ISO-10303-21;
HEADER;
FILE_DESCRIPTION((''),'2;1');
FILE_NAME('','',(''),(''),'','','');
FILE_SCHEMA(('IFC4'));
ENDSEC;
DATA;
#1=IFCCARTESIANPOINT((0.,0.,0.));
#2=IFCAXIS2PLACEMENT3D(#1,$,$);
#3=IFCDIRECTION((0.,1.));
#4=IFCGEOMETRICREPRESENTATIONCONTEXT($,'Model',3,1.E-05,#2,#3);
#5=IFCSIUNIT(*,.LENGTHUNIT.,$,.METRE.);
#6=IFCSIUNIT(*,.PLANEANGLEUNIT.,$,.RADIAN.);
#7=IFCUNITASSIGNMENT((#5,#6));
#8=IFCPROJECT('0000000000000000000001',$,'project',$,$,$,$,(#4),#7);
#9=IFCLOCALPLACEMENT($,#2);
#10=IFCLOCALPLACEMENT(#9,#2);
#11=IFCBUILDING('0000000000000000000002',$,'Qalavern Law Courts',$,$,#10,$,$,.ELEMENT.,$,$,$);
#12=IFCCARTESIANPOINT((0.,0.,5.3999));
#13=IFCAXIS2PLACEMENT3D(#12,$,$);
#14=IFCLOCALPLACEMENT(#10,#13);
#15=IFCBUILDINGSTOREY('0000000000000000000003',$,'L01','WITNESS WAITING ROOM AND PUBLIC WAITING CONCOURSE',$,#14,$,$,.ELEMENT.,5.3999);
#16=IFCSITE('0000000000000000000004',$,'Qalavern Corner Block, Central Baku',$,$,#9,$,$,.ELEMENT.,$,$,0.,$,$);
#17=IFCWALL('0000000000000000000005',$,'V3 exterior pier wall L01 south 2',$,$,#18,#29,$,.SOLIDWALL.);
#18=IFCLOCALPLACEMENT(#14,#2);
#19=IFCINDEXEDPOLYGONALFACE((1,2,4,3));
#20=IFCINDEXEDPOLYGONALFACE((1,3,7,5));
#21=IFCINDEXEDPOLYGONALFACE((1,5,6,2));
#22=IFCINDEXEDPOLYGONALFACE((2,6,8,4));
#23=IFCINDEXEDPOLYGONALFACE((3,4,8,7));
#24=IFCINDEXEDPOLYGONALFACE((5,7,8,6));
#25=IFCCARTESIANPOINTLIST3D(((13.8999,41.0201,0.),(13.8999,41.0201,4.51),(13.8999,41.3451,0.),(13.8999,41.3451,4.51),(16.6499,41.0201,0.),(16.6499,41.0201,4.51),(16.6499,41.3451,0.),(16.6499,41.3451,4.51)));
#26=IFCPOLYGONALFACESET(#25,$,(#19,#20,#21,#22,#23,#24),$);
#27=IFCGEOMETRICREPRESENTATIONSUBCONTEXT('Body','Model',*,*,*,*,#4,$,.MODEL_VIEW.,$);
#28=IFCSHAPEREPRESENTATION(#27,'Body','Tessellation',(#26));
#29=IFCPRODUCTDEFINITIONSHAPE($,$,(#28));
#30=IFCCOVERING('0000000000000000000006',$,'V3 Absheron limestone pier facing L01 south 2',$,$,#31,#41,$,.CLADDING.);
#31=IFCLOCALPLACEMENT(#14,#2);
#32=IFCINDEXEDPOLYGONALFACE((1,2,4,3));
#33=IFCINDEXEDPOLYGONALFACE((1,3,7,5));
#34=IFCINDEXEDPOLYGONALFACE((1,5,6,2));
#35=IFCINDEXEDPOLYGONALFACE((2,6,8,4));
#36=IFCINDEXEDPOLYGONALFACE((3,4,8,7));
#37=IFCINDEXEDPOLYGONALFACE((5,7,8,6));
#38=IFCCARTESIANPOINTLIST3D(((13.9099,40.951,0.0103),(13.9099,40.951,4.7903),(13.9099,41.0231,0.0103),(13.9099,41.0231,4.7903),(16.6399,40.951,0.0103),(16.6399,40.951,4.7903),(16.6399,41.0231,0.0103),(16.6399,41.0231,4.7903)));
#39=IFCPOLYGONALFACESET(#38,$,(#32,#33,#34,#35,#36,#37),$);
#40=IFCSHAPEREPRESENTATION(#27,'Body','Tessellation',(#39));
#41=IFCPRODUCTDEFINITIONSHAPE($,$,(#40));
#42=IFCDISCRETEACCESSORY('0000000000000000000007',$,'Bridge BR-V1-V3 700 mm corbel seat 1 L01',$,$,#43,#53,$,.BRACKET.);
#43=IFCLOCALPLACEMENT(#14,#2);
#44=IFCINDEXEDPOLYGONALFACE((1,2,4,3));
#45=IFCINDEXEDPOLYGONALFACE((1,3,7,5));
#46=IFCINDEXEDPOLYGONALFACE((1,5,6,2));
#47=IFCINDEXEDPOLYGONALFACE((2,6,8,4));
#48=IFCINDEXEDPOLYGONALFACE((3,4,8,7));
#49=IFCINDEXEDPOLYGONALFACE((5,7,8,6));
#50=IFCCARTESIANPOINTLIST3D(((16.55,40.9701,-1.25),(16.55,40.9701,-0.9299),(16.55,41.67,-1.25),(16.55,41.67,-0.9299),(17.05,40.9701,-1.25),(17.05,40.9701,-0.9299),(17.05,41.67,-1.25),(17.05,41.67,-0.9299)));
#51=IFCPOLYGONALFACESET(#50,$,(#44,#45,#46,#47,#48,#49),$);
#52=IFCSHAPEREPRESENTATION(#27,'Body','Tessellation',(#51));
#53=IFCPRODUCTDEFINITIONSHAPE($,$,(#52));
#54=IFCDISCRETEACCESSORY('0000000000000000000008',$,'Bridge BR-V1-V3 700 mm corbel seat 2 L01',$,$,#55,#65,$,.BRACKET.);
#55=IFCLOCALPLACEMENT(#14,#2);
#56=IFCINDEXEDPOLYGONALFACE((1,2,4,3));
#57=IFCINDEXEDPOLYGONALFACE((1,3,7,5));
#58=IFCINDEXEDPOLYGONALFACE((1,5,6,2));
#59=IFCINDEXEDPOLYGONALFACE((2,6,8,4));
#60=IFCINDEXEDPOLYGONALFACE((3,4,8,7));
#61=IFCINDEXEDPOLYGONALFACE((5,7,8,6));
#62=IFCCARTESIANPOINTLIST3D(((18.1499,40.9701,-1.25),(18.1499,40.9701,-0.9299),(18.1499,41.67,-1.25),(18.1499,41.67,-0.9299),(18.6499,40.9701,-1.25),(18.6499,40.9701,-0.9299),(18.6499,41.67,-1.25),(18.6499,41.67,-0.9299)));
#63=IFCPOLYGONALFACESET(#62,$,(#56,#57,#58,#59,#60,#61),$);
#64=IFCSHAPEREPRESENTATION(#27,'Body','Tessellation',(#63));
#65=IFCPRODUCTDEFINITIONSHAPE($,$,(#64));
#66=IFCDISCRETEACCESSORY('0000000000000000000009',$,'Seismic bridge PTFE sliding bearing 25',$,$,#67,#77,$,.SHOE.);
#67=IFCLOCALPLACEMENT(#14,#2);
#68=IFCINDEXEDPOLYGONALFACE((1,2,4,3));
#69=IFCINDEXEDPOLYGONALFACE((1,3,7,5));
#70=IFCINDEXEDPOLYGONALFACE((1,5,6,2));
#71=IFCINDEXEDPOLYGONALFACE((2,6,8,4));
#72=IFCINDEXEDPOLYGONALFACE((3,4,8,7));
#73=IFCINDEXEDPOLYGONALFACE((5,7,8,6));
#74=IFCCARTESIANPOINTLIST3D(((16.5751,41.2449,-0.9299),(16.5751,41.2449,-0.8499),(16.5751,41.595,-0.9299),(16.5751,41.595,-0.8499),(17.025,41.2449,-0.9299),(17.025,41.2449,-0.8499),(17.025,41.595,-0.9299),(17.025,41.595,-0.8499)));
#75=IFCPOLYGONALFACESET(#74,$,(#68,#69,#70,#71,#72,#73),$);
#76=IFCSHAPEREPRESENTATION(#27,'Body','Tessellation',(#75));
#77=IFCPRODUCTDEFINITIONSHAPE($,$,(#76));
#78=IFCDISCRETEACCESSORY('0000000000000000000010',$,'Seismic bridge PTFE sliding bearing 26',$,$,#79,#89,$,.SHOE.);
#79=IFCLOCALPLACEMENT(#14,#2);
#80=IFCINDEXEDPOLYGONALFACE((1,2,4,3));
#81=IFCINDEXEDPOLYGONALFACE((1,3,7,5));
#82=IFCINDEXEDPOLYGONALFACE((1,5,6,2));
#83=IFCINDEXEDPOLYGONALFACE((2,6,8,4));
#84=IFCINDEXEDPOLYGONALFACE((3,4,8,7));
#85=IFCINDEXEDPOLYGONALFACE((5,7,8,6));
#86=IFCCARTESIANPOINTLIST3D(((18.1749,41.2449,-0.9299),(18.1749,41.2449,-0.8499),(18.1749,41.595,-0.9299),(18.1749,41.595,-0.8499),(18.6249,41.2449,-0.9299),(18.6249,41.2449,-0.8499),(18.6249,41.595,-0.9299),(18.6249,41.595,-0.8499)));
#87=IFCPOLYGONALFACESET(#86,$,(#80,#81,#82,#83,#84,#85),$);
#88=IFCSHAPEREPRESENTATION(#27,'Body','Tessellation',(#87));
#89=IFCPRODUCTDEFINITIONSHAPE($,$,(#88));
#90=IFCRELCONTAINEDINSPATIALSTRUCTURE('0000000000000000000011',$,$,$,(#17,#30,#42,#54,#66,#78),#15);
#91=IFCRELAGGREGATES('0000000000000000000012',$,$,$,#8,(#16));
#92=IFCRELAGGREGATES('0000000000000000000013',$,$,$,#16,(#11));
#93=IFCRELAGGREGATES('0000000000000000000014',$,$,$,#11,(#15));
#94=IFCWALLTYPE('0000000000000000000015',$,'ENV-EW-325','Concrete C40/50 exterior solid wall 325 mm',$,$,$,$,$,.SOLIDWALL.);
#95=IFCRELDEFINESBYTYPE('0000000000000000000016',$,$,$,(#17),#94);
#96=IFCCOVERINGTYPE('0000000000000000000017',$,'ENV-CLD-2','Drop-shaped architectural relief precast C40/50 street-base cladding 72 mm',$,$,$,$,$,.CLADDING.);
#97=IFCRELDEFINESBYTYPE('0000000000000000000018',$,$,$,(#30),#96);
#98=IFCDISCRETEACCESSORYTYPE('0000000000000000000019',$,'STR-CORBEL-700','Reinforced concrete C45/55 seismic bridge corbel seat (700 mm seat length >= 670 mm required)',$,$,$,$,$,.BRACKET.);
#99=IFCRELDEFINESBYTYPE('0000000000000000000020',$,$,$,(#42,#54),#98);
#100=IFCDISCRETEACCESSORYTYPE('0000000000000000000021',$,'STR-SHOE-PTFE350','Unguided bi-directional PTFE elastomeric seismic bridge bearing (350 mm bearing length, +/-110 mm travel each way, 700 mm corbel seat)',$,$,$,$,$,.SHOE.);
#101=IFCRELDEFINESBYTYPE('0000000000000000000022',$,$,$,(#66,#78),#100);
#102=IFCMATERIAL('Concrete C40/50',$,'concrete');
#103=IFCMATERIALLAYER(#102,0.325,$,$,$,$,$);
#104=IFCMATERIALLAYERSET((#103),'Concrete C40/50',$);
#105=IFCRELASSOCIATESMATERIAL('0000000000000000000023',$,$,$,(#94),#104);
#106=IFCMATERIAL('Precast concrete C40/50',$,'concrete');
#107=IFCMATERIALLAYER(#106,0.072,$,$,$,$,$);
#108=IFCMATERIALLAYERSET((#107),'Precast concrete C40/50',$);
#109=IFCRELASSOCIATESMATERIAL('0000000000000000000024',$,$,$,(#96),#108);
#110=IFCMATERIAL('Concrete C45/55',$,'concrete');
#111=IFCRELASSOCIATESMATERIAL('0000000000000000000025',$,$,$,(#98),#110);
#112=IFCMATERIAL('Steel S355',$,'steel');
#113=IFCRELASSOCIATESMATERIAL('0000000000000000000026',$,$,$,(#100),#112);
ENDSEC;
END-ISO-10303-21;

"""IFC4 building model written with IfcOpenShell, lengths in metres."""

from ifc_helpers import new_model, si_unit, direction, frame, frame_2d, origin, origin_2d, place, context, subcontext, project, spatial, rectangle, extrude, material, layer, layer_set, type_object, element, save


model = new_model("IFC4")

# Units and contexts
model_context = context("Model", 3, precision=1e-05, world=origin(), true_north=direction((0.0, 1.0)))
body_context = subcontext(model_context, "Body", "Model", "MODEL_VIEW")
ifc_project = project(units=[si_unit("LENGTHUNIT", "METRE"), si_unit("PLANEANGLEUNIT", "RADIAN")], contexts=[model_context])

# Site, building, storey
site_placement = place(None, origin())
site = spatial("IfcSite", under=ifc_project, at=site_placement, Name="Qalavern Corner Block, Central Baku", CompositionType="ELEMENT", RefElevation=0.0)
building_placement = place(site_placement, origin())
building = spatial("IfcBuilding", under=site, at=building_placement, Name="Qalavern Law Courts", CompositionType="ELEMENT")
storey_placement = place(building_placement, frame((0.0, 0.0, 5.3999)))
storey = spatial("IfcBuildingStorey", under=building, at=storey_placement, Name="L01", Description="WITNESS WAITING ROOM AND PUBLIC WAITING CONCOURSE", CompositionType="ELEMENT", Elevation=5.3999)

# Shared definitions
ifc_material_1 = material(Name="Concrete C45/55", Category="concrete")

# Shared definitions
ifc_material_2 = material(Name="Steel S355", Category="steel")
ifc_material_3 = material(Name="Concrete C40/50", Category="concrete")

# Wall
ifc_layer_1 = layer(ifc_material_3, 0.325)
ifc_layer_set_1 = layer_set([ifc_layer_1], Name="Concrete C40/50")
wall_type_1 = type_object("IfcWallType", Name="ENV-EW-325", Description="Concrete C40/50 exterior solid wall 325 mm", PredefinedType="SOLIDWALL", material=ifc_layer_set_1)
wall_1_placement = place(storey_placement, frame((13.8999, 41.1826, 0.0), z_axis=(0.0, 0.0, 1.0), x_axis=(1.0, 0.0, 0.0)))
element("IfcWall", 1, at=wall_1_placement, inside=storey, type_object=wall_type_1, Name="V3 exterior pier wall L01 south 2", PredefinedType="SOLIDWALL", context=body_context, shape_type="SweptSolid", body=[
    extrude(rectangle(XDim=2.75, YDim=0.325, at=frame_2d((1.375, 0.0))), origin(), (0.0, 0.0, 1.0), 4.51),
])

# Covering
ifc_material_4 = material(Name="Precast concrete C40/50", Category="concrete")
ifc_layer_2 = layer(ifc_material_4, 0.072)
ifc_layer_set_2 = layer_set([ifc_layer_2], Name="Precast concrete C40/50")
covering_type = type_object("IfcCoveringType", Name="ENV-CLD-2", Description="Drop-shaped architectural relief precast C40/50 street-base cladding 72 mm", PredefinedType="CLADDING", material=ifc_layer_set_2)
covering_placement = place(storey_placement, frame((15.2749, 40.9871, 0.0103), z_axis=(0.0, 0.0, 1.0), x_axis=(1.0, 0.0, 0.0)))
element("IfcCovering", 2, at=covering_placement, inside=storey, type_object=covering_type, Name="V3 Absheron limestone pier facing L01 south 2", PredefinedType="CLADDING", context=body_context, shape_type="SweptSolid", body=[
    extrude(rectangle(XDim=2.73, YDim=0.072, at=origin_2d()), origin(), (0.0, 0.0, 1.0), 4.78),
])

# Discrete accessories
discrete_accessory_type_1 = type_object("IfcDiscreteAccessoryType", Name="STR-CORBEL-700", Description="Reinforced concrete C45/55 seismic bridge corbel seat (700 mm seat length >= 670 mm required)", PredefinedType="BRACKET", material=ifc_material_1)
for number, where, z_axis, x_axis, name in (
    (3, (16.8, 41.3201, -1.25), (0.0, 0.0, 1.0), (1.0, 0.0, 0.0), "Bridge BR-V1-V3 700 mm corbel seat 1 L01"),
    (4, (18.3999, 41.3201, -1.25), (0.0, 0.0, 1.0), (1.0, 0.0, 0.0), "Bridge BR-V1-V3 700 mm corbel seat 2 L01"),
):
    element("IfcDiscreteAccessory", number, at=place(storey_placement, frame(where, z_axis=z_axis, x_axis=x_axis)), inside=storey, type_object=discrete_accessory_type_1, Name=name, PredefinedType="BRACKET", context=body_context, shape_type="SweptSolid", body=[
        extrude(rectangle(XDim=0.5, YDim=0.7, at=origin_2d()), origin(), (0.0, 0.0, 1.0), 0.3201),
    ])
discrete_accessory_type_2 = type_object("IfcDiscreteAccessoryType", Name="STR-SHOE-PTFE350", Description="Unguided bi-directional PTFE elastomeric seismic bridge bearing (350 mm bearing length, +/-110 mm travel each way, 700 mm corbel seat)", PredefinedType="SHOE", material=ifc_material_2)
for number, where, z_axis, x_axis, name in (
    (5, (16.8, 41.4199, -0.9299), (0.0, 0.0, 1.0), (1.0, 0.0, 0.0), "Seismic bridge PTFE sliding bearing 25"),
    (6, (18.3999, 41.4199, -0.9299), (0.0, 0.0, 1.0), (1.0, 0.0, 0.0), "Seismic bridge PTFE sliding bearing 26"),
):
    element("IfcDiscreteAccessory", number, at=place(storey_placement, frame(where, z_axis=z_axis, x_axis=x_axis)), inside=storey, type_object=discrete_accessory_type_2, Name=name, PredefinedType="SHOE", context=body_context, shape_type="SweptSolid", body=[
        extrude(rectangle(XDim=0.45, YDim=0.3501, at=origin_2d()), origin(), (0.0, 0.0, 1.0), 0.0801),
    ])

save(model, "model.ifc")
